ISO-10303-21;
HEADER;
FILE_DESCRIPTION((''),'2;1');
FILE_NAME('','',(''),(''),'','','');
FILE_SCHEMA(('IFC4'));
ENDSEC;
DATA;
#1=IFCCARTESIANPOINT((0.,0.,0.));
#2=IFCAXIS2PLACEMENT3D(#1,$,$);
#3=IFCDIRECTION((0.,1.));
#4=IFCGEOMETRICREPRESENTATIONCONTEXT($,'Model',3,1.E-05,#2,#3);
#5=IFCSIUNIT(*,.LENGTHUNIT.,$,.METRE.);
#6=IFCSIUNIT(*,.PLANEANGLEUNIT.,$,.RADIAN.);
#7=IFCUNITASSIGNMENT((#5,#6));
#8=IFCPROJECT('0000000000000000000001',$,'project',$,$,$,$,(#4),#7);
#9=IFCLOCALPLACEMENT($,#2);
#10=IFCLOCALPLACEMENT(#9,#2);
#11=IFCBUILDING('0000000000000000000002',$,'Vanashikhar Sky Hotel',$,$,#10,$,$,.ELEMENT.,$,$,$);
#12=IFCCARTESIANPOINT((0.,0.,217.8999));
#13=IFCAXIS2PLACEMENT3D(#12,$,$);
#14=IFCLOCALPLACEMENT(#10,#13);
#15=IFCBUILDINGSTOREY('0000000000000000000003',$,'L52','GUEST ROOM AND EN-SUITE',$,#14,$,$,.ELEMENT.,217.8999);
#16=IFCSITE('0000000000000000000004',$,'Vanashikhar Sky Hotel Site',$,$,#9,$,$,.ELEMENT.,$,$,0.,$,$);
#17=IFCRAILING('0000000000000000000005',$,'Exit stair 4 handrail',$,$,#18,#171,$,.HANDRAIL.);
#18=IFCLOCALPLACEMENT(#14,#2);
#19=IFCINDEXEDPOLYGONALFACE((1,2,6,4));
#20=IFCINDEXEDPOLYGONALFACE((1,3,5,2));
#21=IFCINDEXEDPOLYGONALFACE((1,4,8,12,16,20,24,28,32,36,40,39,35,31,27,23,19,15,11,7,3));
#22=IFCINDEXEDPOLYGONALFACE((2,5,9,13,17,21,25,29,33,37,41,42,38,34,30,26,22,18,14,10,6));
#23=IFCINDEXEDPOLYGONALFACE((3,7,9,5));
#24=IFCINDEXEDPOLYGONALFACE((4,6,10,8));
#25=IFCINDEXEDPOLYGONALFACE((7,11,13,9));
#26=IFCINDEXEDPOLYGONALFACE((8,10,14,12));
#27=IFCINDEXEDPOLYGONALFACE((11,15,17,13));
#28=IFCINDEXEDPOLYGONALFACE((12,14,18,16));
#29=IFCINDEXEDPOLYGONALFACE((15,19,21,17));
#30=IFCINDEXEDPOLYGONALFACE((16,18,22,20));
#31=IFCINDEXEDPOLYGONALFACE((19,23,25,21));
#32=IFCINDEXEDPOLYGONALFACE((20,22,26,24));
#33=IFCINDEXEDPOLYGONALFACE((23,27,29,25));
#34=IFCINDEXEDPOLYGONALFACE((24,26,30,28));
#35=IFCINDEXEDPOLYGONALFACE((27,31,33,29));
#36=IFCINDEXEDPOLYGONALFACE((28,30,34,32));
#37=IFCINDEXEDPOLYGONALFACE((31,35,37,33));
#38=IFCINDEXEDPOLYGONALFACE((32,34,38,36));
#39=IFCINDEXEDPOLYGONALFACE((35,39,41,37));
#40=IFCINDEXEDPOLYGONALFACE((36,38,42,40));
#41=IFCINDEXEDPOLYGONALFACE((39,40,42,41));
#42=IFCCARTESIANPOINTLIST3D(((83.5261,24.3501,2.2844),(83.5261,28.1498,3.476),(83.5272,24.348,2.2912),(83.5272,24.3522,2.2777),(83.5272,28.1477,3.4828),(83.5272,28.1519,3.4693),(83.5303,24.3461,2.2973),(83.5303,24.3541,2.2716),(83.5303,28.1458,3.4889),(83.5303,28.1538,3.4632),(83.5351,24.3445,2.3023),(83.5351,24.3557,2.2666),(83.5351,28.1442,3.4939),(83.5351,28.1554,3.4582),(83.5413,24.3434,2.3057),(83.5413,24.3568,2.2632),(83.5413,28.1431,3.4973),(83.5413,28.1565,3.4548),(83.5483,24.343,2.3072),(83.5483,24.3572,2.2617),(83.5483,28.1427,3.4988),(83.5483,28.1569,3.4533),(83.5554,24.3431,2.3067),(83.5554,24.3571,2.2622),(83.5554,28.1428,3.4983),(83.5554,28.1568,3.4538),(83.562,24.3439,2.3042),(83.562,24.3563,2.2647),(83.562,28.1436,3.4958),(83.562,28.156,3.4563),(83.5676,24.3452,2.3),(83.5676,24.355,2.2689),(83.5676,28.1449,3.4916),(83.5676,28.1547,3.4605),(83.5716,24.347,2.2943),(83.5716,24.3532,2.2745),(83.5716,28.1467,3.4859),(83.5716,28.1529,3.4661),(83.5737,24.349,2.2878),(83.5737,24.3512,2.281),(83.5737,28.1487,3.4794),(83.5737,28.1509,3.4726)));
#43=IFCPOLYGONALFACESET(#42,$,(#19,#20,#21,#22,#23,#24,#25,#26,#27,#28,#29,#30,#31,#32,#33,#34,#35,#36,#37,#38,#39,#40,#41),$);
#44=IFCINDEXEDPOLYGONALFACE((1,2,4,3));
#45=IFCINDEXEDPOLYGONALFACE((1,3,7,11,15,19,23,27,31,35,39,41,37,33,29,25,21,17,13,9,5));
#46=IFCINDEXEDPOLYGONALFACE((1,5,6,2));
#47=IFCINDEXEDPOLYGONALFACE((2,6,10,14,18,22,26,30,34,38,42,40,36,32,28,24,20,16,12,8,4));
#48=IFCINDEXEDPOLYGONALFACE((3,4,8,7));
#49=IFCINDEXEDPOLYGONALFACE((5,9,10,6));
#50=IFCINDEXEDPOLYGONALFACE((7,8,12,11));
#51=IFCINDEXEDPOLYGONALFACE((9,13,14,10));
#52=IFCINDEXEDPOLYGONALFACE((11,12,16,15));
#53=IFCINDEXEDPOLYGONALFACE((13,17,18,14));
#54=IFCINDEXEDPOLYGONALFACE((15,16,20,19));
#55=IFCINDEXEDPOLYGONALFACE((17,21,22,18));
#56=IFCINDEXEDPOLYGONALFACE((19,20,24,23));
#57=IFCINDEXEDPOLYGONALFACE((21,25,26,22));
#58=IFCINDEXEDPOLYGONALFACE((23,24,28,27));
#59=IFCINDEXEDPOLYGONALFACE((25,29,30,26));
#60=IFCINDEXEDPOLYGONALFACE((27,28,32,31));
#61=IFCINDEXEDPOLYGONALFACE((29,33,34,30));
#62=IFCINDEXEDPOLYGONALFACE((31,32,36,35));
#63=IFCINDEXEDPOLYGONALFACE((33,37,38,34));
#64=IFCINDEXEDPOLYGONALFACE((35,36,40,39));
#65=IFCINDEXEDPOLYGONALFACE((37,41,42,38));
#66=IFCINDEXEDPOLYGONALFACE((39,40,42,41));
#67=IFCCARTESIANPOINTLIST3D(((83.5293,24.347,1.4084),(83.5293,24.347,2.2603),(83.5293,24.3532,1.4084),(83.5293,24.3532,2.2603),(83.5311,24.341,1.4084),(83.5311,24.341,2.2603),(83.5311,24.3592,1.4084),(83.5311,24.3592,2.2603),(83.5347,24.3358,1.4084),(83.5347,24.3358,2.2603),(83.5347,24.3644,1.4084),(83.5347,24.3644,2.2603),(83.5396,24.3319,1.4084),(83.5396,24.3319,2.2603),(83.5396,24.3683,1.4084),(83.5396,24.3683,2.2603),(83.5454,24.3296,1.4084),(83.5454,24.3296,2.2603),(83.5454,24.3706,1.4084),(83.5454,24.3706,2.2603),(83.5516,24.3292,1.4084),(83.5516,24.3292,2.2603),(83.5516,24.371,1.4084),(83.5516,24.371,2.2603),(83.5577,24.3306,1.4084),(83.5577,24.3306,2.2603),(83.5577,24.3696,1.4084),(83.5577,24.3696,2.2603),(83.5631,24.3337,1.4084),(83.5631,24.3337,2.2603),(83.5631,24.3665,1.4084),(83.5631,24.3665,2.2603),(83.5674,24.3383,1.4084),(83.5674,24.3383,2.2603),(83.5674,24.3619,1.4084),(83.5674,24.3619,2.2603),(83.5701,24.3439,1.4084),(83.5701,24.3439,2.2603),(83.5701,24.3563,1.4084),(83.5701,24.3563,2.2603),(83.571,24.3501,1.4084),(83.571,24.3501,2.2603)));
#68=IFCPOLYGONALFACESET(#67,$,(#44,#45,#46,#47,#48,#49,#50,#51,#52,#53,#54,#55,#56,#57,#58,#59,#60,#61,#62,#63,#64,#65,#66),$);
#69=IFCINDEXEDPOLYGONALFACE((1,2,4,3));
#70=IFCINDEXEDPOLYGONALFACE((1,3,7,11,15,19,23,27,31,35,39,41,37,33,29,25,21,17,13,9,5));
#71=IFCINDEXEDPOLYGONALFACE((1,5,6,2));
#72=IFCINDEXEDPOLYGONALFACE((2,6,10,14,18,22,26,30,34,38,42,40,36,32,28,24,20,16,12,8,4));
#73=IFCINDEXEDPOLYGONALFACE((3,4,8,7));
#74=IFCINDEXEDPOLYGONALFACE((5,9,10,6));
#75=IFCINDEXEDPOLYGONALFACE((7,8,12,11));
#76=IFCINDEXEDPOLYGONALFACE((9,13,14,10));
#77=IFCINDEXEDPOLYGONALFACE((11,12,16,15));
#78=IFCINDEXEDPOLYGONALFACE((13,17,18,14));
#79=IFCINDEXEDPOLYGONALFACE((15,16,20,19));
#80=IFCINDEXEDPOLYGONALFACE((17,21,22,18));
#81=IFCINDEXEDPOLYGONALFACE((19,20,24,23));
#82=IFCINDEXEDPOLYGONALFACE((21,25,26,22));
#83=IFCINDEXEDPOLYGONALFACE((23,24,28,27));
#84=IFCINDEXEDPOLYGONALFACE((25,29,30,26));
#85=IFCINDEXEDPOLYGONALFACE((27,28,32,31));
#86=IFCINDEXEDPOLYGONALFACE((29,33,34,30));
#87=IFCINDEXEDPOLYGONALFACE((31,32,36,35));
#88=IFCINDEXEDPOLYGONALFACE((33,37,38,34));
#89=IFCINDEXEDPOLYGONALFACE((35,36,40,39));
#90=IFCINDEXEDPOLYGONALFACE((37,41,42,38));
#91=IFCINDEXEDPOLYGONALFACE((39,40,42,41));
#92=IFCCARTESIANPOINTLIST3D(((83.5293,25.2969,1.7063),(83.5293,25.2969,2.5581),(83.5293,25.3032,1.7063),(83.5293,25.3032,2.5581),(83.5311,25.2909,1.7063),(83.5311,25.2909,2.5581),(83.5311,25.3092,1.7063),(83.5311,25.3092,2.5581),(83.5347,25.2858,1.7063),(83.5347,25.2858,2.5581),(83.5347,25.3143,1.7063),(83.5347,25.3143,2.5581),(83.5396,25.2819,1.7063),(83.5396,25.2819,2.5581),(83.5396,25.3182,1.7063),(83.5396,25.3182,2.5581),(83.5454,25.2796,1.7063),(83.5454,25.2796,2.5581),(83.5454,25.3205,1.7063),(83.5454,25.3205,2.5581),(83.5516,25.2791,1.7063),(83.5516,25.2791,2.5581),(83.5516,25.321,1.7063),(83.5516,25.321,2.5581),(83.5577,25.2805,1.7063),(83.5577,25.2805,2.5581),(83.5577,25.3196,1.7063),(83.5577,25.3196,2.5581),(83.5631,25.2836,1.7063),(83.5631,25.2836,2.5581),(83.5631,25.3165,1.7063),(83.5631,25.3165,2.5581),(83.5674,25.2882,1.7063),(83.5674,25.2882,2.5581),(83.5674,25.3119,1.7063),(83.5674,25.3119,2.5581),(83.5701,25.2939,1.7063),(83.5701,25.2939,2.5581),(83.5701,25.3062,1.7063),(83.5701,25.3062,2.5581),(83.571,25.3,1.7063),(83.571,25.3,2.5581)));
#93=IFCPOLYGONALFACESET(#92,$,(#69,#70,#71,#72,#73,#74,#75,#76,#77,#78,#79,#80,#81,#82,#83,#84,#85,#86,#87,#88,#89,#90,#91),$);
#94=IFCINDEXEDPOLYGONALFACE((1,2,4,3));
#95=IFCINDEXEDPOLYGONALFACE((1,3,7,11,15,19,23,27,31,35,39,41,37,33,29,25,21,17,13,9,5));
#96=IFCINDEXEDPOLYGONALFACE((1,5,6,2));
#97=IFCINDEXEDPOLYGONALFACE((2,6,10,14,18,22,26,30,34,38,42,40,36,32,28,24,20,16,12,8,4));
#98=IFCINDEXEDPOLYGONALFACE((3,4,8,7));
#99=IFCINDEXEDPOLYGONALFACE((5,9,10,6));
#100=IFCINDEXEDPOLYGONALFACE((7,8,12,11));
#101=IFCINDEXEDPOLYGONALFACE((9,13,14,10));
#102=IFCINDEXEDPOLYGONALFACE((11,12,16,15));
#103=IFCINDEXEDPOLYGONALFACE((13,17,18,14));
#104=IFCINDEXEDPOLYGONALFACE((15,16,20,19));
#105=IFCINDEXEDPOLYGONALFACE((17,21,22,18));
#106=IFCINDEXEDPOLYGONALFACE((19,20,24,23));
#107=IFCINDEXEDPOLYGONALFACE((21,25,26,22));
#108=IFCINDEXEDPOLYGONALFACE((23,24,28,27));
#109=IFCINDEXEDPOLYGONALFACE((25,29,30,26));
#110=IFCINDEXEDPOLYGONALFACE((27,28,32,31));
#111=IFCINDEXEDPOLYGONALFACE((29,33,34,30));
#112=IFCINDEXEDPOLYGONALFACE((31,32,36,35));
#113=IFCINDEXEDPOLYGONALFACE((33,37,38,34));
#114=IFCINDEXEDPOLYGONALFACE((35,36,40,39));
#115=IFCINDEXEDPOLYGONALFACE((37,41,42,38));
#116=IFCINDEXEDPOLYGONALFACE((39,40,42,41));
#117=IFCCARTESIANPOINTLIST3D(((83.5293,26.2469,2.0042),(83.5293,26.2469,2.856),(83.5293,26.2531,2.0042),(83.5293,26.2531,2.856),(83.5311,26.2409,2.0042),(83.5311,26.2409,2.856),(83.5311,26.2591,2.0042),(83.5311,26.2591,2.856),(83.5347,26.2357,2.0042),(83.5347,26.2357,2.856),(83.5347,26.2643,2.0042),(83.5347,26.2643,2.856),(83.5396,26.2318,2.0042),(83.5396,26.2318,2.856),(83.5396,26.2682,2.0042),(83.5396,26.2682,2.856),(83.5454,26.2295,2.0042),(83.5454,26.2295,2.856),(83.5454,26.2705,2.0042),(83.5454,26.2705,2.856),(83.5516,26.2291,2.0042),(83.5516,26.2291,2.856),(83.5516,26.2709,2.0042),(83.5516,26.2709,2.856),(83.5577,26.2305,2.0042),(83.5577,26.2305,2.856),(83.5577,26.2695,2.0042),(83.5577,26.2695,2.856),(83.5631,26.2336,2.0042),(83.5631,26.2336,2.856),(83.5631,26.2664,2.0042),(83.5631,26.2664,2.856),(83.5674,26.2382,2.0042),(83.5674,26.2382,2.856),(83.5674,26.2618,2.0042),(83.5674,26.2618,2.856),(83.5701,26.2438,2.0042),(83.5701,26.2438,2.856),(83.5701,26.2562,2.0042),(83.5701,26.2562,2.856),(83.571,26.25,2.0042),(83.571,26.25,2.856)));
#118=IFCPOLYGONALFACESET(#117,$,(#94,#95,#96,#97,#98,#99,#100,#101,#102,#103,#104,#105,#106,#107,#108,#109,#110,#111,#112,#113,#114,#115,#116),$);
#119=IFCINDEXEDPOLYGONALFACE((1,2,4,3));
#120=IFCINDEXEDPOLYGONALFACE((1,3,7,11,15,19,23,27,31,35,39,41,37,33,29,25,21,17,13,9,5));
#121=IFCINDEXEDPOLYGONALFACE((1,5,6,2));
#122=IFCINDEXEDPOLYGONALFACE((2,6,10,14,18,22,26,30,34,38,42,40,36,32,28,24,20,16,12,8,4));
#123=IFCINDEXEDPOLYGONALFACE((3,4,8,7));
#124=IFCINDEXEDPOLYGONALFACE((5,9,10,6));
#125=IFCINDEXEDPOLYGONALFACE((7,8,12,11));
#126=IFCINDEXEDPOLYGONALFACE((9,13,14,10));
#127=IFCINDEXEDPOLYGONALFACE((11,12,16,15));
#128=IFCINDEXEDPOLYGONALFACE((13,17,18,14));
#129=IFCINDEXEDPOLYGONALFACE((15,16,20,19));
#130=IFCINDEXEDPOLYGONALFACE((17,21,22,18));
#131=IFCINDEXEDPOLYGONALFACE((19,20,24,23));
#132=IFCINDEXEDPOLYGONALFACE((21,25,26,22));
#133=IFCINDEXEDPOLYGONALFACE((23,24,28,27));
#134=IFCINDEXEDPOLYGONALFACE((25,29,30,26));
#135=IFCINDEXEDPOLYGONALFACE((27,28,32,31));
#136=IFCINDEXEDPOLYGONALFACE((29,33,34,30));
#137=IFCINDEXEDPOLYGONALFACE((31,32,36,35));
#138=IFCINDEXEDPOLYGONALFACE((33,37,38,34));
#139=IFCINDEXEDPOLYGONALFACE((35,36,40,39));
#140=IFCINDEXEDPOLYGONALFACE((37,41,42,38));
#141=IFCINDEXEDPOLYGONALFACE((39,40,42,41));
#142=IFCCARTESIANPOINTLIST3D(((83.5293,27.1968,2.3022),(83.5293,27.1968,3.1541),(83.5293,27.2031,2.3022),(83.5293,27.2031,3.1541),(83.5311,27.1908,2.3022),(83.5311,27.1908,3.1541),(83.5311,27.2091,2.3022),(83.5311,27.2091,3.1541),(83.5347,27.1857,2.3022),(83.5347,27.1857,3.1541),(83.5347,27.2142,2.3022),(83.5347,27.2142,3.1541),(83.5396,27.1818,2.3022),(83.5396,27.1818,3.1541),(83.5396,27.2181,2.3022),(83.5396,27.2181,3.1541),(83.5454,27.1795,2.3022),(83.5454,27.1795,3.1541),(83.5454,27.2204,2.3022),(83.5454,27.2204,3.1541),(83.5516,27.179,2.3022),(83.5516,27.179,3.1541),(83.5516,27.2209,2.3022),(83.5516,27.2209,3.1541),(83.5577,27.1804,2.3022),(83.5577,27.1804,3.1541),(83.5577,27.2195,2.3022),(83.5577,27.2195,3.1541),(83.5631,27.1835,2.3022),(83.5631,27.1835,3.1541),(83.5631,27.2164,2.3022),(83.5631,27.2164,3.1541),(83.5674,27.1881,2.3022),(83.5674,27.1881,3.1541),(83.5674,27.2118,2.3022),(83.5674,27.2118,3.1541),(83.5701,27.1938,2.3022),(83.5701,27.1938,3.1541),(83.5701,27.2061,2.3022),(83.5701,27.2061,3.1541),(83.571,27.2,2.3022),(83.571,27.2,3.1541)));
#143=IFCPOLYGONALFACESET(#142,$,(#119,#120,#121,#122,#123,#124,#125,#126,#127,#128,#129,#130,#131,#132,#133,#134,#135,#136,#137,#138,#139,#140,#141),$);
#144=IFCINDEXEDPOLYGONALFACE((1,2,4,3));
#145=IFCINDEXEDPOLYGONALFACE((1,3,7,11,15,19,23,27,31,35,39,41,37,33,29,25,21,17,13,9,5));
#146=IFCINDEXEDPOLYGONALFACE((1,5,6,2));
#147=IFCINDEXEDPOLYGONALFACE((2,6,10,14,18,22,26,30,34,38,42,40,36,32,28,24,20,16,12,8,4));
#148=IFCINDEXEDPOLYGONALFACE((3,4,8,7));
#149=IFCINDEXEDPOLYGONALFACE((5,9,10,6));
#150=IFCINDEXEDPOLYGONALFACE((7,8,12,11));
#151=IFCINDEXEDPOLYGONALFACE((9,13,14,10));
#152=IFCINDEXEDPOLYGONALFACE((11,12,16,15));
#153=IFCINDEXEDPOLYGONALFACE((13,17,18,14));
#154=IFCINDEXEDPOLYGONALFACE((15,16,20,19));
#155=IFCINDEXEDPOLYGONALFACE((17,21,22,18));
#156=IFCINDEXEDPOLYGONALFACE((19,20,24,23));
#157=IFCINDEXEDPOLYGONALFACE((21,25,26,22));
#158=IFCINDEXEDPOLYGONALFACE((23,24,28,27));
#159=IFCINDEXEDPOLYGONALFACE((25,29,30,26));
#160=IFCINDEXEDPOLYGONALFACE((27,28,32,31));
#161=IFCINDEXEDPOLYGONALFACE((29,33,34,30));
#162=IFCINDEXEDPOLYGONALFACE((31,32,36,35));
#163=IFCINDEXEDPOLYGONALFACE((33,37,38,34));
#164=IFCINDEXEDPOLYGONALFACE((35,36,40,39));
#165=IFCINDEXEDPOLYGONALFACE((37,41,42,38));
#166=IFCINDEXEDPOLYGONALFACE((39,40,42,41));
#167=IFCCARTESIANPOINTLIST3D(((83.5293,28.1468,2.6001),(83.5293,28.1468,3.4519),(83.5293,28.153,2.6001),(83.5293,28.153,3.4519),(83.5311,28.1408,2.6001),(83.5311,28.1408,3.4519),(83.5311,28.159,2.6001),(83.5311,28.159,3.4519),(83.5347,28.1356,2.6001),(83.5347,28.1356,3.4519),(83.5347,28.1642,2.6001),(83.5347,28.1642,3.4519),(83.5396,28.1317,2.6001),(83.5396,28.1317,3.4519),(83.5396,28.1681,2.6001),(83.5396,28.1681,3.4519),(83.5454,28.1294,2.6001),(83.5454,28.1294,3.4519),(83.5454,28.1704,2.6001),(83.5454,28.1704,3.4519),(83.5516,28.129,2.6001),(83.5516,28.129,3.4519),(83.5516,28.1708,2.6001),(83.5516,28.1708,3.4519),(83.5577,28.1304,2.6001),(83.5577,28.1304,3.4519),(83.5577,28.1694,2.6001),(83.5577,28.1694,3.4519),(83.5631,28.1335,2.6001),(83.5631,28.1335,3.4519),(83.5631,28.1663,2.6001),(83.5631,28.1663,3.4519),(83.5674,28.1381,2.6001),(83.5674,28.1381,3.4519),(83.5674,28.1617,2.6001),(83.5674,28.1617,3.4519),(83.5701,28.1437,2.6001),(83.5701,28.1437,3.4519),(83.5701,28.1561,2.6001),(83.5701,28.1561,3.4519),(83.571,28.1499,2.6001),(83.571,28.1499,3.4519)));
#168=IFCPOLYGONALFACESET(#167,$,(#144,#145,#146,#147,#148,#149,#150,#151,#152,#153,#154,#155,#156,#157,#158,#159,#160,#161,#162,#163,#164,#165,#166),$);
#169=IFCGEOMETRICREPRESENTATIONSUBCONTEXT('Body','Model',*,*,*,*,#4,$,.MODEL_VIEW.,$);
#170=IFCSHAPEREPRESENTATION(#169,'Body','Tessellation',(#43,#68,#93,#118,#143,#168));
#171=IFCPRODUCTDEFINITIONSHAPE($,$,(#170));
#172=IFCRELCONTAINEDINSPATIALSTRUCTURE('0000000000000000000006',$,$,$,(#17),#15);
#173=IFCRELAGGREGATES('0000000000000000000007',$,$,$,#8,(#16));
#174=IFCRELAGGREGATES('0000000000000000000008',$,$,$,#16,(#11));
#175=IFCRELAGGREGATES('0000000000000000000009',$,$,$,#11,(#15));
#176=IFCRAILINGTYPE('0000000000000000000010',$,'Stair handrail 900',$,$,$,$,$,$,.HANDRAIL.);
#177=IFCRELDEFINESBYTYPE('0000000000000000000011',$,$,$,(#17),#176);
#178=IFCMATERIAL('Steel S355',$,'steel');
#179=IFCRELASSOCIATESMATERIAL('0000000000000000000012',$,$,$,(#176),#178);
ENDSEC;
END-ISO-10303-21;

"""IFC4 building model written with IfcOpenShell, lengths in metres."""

from ifc_helpers import new_model, si_unit, direction, frame, origin, origin_2d, place, context, subcontext, project, spatial, circle, extrude, source, transform, mapped, material, type_object, element, save


model = new_model("IFC4")

# Units and contexts
model_context = context("Model", 3, precision=1e-05, world=origin(), true_north=direction((0.0, 1.0)))
body_context = subcontext(model_context, "Body", "Model", "MODEL_VIEW")
ifc_project = project(units=[si_unit("LENGTHUNIT", "METRE"), si_unit("PLANEANGLEUNIT", "RADIAN")], contexts=[model_context])

# Site, building, storey
site_placement = place(None, origin())
site = spatial("IfcSite", under=ifc_project, at=site_placement, Name="Vanashikhar Sky Hotel Site", CompositionType="ELEMENT", RefElevation=0.0)
building_placement = place(site_placement, origin())
building = spatial("IfcBuilding", under=site, at=building_placement, Name="Vanashikhar Sky Hotel", CompositionType="ELEMENT")
storey_placement = place(building_placement, frame((0.0, 0.0, 217.8999)))
storey = spatial("IfcBuildingStorey", under=building, at=storey_placement, Name="L52", Description="GUEST ROOM AND EN-SUITE", CompositionType="ELEMENT", Elevation=217.8999)

# Railing
ifc_material_1 = material(Name="Steel S355", Category="steel")
railing_type = type_object("IfcRailingType", Name="Stair handrail 900", PredefinedType="HANDRAIL", material=ifc_material_1)
shared_shape_1 = source(origin(), body_context, "Body", "SweptSolid", [
    extrude(circle(Radius=0.0239, at=origin_2d()), frame((0.0, 0.0, 0.876), z_axis=(0.0, 0.954178, 0.299238), x_axis=(-1.0, 0.0, 0.0)), (0.0, 0.0, 1.0), 3.9822),
    extrude(circle(Radius=0.021, at=origin_2d()), origin(), (0.0, 0.0, 1.0), 0.8518),
    extrude(circle(Radius=0.021, at=origin_2d()), frame((0.0, 0.95, 0.2979)), (0.0, 0.0, 1.0), 0.8518),
    extrude(circle(Radius=0.021, at=origin_2d()), frame((0.0, 1.8999, 0.5957)), (0.0, 0.0, 1.0), 0.8518),
    extrude(circle(Radius=0.021, at=origin_2d()), frame((0.0, 2.8499, 0.8938)), (0.0, 0.0, 1.0), 0.8518),
    extrude(circle(Radius=0.021, at=origin_2d()), frame((0.0, 3.7998, 1.1917)), (0.0, 0.0, 1.0), 0.8518),
])
railing_1_placement = place(storey_placement, frame((83.55, 24.3501, 1.4084)))
element("IfcRailing", 1, at=railing_1_placement, inside=storey, type_object=railing_type, Name="Exit stair 4 handrail", PredefinedType="HANDRAIL", context=body_context, shape_type="MappedRepresentation", body=[
    mapped(shared_shape_1, transform((0.0, 0.0, 0.0), scale=1.0)),
])

save(model, "model.ifc")
